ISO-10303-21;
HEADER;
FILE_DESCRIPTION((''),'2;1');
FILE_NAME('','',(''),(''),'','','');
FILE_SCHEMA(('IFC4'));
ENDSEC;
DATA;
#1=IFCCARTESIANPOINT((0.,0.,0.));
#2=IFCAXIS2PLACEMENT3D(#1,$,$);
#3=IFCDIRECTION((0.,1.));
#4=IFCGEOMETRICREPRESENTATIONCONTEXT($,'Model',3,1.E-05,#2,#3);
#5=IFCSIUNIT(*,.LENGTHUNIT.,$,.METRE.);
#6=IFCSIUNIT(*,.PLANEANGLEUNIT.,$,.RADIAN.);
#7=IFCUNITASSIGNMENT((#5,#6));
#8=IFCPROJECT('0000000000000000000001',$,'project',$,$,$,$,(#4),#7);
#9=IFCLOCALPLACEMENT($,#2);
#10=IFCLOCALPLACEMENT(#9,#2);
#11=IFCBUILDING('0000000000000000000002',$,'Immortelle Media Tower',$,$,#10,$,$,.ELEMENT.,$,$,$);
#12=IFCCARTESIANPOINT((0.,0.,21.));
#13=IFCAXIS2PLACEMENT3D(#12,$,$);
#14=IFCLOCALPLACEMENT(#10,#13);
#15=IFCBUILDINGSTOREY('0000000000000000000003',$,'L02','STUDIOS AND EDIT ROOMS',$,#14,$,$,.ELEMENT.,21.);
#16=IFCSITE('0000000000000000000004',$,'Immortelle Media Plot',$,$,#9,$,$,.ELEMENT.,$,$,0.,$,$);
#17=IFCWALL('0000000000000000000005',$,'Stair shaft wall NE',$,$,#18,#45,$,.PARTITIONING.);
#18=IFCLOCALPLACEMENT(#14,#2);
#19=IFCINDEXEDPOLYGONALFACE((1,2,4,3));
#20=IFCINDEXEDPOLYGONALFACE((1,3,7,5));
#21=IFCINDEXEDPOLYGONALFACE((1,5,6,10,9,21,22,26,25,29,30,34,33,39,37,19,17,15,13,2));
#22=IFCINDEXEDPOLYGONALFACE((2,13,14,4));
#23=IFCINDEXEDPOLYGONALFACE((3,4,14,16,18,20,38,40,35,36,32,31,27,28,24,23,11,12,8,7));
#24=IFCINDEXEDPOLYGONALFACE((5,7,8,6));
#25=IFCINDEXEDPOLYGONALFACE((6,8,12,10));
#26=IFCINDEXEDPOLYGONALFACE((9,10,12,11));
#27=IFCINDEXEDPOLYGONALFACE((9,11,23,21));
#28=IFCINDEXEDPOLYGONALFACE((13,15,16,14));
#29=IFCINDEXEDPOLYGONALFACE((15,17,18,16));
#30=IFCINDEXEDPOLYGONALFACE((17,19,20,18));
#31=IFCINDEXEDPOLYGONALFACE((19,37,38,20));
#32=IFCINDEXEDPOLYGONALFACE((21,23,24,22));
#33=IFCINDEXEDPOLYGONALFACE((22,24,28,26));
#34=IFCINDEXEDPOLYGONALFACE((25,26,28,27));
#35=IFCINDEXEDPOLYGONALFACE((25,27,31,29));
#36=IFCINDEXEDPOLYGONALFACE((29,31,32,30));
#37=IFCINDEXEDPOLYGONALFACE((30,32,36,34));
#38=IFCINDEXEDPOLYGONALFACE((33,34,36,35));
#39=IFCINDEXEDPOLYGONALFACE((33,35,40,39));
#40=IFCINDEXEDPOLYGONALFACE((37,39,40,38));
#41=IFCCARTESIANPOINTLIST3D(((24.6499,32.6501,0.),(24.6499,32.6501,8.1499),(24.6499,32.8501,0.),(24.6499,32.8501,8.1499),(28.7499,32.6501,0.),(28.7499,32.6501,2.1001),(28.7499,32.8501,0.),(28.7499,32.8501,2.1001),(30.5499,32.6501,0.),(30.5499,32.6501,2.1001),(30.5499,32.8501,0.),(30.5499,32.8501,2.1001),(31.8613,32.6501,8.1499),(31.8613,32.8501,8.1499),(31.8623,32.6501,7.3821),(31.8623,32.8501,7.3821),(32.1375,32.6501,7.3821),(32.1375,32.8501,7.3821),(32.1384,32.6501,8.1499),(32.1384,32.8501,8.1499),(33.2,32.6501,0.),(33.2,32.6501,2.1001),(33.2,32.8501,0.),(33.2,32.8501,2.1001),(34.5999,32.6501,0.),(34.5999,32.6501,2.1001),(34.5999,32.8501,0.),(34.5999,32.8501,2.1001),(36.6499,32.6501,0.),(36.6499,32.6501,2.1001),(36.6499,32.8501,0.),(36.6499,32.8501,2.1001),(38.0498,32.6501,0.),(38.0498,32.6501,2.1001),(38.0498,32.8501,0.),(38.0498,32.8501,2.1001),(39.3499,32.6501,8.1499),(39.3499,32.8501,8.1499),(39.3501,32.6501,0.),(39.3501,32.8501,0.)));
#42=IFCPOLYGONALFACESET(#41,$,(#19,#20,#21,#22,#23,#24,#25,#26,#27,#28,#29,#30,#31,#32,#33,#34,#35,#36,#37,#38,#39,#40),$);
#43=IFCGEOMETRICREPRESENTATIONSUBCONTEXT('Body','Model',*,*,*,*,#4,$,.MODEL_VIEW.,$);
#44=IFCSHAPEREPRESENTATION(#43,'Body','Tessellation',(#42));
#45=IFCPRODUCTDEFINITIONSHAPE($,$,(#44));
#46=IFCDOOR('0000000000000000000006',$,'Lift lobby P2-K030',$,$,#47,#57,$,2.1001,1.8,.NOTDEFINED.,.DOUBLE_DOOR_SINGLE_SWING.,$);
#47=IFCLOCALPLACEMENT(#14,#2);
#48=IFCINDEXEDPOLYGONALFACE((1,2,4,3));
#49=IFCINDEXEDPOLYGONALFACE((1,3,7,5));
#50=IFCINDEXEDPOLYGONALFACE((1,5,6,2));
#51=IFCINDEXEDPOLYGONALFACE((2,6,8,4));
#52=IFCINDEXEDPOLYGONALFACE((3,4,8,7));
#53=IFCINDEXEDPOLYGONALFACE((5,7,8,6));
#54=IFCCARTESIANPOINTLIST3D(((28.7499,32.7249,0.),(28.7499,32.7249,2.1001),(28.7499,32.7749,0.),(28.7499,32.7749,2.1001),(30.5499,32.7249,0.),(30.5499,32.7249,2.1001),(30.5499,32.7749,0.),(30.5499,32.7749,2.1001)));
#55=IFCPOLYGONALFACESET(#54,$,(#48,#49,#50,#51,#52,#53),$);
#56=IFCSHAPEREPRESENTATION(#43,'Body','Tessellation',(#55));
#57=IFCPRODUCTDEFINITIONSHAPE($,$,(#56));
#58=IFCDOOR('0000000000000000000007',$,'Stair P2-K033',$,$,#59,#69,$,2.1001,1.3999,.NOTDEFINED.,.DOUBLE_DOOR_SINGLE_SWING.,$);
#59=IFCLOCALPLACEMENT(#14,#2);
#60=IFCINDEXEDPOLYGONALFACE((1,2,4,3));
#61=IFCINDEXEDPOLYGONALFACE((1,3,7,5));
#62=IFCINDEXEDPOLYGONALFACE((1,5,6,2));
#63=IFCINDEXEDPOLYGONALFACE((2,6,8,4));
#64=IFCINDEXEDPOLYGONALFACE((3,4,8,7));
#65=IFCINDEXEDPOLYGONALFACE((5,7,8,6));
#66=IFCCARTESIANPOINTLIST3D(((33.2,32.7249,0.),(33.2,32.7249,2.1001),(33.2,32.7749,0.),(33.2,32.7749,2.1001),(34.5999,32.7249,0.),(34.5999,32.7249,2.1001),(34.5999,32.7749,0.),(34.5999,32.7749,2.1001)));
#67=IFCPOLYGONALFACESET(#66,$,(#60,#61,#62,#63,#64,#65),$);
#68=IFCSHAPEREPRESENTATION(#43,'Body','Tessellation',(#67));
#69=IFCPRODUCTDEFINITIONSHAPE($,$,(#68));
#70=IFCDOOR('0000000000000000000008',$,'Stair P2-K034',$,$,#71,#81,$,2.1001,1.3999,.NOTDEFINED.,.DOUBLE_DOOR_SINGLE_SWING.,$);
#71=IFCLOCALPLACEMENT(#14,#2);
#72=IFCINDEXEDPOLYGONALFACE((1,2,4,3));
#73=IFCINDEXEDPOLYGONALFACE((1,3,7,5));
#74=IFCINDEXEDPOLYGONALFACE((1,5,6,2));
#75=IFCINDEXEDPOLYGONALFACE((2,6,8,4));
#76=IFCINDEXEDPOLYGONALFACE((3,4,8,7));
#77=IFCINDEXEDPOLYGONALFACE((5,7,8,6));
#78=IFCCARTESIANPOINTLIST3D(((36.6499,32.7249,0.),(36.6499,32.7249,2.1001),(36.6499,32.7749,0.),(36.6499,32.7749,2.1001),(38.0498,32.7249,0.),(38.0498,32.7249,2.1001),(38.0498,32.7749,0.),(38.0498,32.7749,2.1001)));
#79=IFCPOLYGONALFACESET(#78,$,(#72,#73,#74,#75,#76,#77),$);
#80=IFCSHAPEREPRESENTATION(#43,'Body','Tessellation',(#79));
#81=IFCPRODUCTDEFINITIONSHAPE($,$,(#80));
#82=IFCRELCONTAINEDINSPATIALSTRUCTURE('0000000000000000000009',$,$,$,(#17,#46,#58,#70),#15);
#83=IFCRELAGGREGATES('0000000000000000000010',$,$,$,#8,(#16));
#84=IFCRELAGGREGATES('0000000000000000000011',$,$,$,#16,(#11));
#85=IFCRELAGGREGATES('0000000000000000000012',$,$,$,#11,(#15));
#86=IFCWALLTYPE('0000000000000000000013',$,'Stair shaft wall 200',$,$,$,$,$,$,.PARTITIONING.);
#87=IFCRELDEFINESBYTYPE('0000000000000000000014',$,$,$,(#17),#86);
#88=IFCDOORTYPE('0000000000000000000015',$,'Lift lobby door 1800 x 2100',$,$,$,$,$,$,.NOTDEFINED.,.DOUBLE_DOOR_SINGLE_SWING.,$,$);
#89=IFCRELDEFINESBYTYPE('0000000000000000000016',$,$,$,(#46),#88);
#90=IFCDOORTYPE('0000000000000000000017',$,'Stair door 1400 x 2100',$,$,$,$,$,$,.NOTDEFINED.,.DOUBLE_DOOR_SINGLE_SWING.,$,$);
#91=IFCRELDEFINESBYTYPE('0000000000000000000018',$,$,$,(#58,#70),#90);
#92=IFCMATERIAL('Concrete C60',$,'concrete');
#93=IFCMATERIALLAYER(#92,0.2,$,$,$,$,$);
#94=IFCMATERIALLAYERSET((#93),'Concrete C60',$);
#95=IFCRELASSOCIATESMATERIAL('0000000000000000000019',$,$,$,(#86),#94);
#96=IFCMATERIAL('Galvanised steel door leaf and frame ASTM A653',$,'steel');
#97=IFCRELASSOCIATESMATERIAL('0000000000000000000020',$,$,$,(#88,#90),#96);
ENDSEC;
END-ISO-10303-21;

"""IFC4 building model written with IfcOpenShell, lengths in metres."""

from ifc_helpers import new_model, si_unit, direction, frame, frame_2d, origin, place, context, subcontext, project, spatial, polyline, rectangle, outline, extrude, material, layer, layer_set, type_object, element, fill, save


model = new_model("IFC4")

# Units and contexts
model_context = context("Model", 3, precision=1e-05, world=origin(), true_north=direction((0.0, 1.0)))
body_context = subcontext(model_context, "Body", "Model", "MODEL_VIEW")
ifc_project = project(units=[si_unit("LENGTHUNIT", "METRE"), si_unit("PLANEANGLEUNIT", "RADIAN")], contexts=[model_context])

# Site, building, storey
site_placement = place(None, origin())
site = spatial("IfcSite", under=ifc_project, at=site_placement, Name="Immortelle Media Plot", CompositionType="ELEMENT", RefElevation=0.0)
building_placement = place(site_placement, origin())
building = spatial("IfcBuilding", under=site, at=building_placement, Name="Immortelle Media Tower", CompositionType="ELEMENT")
storey_placement = place(building_placement, frame((0.0, 0.0, 21.0)))
storey = spatial("IfcBuildingStorey", under=building, at=storey_placement, Name="L02", Description="STUDIOS AND EDIT ROOMS", CompositionType="ELEMENT", Elevation=21.0)

# Shared definitions
ifc_material_1 = material(Name="Galvanised steel door leaf and frame ASTM A653", Category="steel")

# Shared definitions
ifc_material_2 = material(Name="Concrete C60", Category="concrete")
ifc_layer_1 = layer(ifc_material_2, 0.2)
ifc_layer_set_1 = layer_set([ifc_layer_1], Name="Concrete C60")
wall_type_1 = type_object("IfcWallType", Name="Stair shaft wall 200", PredefinedType="PARTITIONING", material=ifc_layer_set_1)

# Wall, openings, doors
wall_1_placement = place(storey_placement, frame((24.6499, 32.75, 0.0), z_axis=(0.0, 0.0, 1.0), x_axis=(1.0, 0.0, 0.0)))
wall_1 = element("IfcWall", 1, at=wall_1_placement, inside=storey, type_object=wall_type_1, Name="Stair shaft wall NE", PredefinedType="PARTITIONING", context=body_context, shape_type="SweptSolid", body=[
    extrude(outline(polyline([(0.0, 0.0), (14.7002, 0.0), (14.7, 8.1499), (7.4885, 8.1499), (7.4875, 7.3821), (7.2124, 7.3821), (7.2114, 8.1499), (0.0, 8.1499), (0.0, 0.0)])), frame((0.0, 0.1001, 0.0), z_axis=(0.0, -1.0, 0.0), x_axis=(1.0, 0.0, 0.0)), (0.0, 0.0, 1.0), 0.2),
])
opening_1_placement = place(wall_1_placement, frame((4.1001, 0.0, 0.0)))
opening_1 = element("IfcOpeningElement", 2, at=opening_1_placement, cuts=wall_1, PredefinedType="OPENING", context=body_context, shape_type="SweptSolid", body=[
    extrude(rectangle(XDim=1.8, YDim=2.1001, at=frame_2d((0.8999, 1.05))), frame((0.0, 0.1099, 0.0), z_axis=(0.0, -1.0, 0.0), x_axis=(1.0, 0.0, 0.0)), (0.0, 0.0, 1.0), 0.22),
])
opening_2_placement = place(wall_1_placement, frame((8.55, 0.0, 0.0)))
opening_2 = element("IfcOpeningElement", 3, at=opening_2_placement, cuts=wall_1, PredefinedType="OPENING", context=body_context, shape_type="SweptSolid", body=[
    extrude(rectangle(XDim=1.3999, YDim=2.1001, at=frame_2d((0.7, 1.05))), frame((0.0, 0.1099, 0.0), z_axis=(0.0, -1.0, 0.0), x_axis=(1.0, 0.0, 0.0)), (0.0, 0.0, 1.0), 0.22),
])
opening_3_placement = place(wall_1_placement, frame((12.0, 0.0, 0.0)))
opening_3 = element("IfcOpeningElement", 4, at=opening_3_placement, cuts=wall_1, PredefinedType="OPENING", context=body_context, shape_type="SweptSolid", body=[
    extrude(rectangle(XDim=1.3999, YDim=2.1001, at=frame_2d((0.7, 1.05))), frame((0.0, 0.1099, 0.0), z_axis=(0.0, -1.0, 0.0), x_axis=(1.0, 0.0, 0.0)), (0.0, 0.0, 1.0), 0.22),
])
door_type_1 = type_object("IfcDoorType", Name="Lift lobby door 1800 x 2100", OperationType="DOUBLE_DOOR_SINGLE_SWING", PredefinedType="NOTDEFINED", material=ifc_material_1)
door_1_placement = place(opening_1_placement, origin())
door_1 = element("IfcDoor", 5, at=door_1_placement, inside=storey, type_object=door_type_1, Name="Lift lobby P2-K030", OperationType="DOUBLE_DOOR_SINGLE_SWING", OverallHeight=2.1001, OverallWidth=1.8, PredefinedType="NOTDEFINED", context=body_context, shape_type="SweptSolid", body=[
    extrude(rectangle(XDim=1.8, YDim=2.1001, at=frame_2d((0.8999, 1.05))), frame((0.0, 0.0249, 0.0), z_axis=(0.0, -1.0, 0.0), x_axis=(1.0, 0.0, 0.0)), (0.0, 0.0, 1.0), 0.05),
])
fill(opening_1, door_1)
door_type_2 = type_object("IfcDoorType", Name="Stair door 1400 x 2100", OperationType="DOUBLE_DOOR_SINGLE_SWING", PredefinedType="NOTDEFINED", material=ifc_material_1)
door_2_placement = place(opening_2_placement, origin())
door_2 = element("IfcDoor", 6, at=door_2_placement, inside=storey, type_object=door_type_2, Name="Stair P2-K033", OperationType="DOUBLE_DOOR_SINGLE_SWING", OverallHeight=2.1001, OverallWidth=1.3999, PredefinedType="NOTDEFINED", context=body_context, shape_type="SweptSolid", body=[
    extrude(rectangle(XDim=1.3999, YDim=2.1001, at=frame_2d((0.7, 1.05))), frame((0.0, 0.0249, 0.0), z_axis=(0.0, -1.0, 0.0), x_axis=(1.0, 0.0, 0.0)), (0.0, 0.0, 1.0), 0.05),
])
fill(opening_2, door_2)
door_3_placement = place(opening_3_placement, origin())
door_3 = element("IfcDoor", 7, at=door_3_placement, inside=storey, type_object=door_type_2, Name="Stair P2-K034", OperationType="DOUBLE_DOOR_SINGLE_SWING", OverallHeight=2.1001, OverallWidth=1.3999, PredefinedType="NOTDEFINED", context=body_context, shape_type="SweptSolid", body=[
    extrude(rectangle(XDim=1.3999, YDim=2.1001, at=frame_2d((0.7, 1.05))), frame((0.0, 0.0249, 0.0), z_axis=(0.0, -1.0, 0.0), x_axis=(1.0, 0.0, 0.0)), (0.0, 0.0, 1.0), 0.05),
])
fill(opening_3, door_3)

save(model, "model.ifc")
